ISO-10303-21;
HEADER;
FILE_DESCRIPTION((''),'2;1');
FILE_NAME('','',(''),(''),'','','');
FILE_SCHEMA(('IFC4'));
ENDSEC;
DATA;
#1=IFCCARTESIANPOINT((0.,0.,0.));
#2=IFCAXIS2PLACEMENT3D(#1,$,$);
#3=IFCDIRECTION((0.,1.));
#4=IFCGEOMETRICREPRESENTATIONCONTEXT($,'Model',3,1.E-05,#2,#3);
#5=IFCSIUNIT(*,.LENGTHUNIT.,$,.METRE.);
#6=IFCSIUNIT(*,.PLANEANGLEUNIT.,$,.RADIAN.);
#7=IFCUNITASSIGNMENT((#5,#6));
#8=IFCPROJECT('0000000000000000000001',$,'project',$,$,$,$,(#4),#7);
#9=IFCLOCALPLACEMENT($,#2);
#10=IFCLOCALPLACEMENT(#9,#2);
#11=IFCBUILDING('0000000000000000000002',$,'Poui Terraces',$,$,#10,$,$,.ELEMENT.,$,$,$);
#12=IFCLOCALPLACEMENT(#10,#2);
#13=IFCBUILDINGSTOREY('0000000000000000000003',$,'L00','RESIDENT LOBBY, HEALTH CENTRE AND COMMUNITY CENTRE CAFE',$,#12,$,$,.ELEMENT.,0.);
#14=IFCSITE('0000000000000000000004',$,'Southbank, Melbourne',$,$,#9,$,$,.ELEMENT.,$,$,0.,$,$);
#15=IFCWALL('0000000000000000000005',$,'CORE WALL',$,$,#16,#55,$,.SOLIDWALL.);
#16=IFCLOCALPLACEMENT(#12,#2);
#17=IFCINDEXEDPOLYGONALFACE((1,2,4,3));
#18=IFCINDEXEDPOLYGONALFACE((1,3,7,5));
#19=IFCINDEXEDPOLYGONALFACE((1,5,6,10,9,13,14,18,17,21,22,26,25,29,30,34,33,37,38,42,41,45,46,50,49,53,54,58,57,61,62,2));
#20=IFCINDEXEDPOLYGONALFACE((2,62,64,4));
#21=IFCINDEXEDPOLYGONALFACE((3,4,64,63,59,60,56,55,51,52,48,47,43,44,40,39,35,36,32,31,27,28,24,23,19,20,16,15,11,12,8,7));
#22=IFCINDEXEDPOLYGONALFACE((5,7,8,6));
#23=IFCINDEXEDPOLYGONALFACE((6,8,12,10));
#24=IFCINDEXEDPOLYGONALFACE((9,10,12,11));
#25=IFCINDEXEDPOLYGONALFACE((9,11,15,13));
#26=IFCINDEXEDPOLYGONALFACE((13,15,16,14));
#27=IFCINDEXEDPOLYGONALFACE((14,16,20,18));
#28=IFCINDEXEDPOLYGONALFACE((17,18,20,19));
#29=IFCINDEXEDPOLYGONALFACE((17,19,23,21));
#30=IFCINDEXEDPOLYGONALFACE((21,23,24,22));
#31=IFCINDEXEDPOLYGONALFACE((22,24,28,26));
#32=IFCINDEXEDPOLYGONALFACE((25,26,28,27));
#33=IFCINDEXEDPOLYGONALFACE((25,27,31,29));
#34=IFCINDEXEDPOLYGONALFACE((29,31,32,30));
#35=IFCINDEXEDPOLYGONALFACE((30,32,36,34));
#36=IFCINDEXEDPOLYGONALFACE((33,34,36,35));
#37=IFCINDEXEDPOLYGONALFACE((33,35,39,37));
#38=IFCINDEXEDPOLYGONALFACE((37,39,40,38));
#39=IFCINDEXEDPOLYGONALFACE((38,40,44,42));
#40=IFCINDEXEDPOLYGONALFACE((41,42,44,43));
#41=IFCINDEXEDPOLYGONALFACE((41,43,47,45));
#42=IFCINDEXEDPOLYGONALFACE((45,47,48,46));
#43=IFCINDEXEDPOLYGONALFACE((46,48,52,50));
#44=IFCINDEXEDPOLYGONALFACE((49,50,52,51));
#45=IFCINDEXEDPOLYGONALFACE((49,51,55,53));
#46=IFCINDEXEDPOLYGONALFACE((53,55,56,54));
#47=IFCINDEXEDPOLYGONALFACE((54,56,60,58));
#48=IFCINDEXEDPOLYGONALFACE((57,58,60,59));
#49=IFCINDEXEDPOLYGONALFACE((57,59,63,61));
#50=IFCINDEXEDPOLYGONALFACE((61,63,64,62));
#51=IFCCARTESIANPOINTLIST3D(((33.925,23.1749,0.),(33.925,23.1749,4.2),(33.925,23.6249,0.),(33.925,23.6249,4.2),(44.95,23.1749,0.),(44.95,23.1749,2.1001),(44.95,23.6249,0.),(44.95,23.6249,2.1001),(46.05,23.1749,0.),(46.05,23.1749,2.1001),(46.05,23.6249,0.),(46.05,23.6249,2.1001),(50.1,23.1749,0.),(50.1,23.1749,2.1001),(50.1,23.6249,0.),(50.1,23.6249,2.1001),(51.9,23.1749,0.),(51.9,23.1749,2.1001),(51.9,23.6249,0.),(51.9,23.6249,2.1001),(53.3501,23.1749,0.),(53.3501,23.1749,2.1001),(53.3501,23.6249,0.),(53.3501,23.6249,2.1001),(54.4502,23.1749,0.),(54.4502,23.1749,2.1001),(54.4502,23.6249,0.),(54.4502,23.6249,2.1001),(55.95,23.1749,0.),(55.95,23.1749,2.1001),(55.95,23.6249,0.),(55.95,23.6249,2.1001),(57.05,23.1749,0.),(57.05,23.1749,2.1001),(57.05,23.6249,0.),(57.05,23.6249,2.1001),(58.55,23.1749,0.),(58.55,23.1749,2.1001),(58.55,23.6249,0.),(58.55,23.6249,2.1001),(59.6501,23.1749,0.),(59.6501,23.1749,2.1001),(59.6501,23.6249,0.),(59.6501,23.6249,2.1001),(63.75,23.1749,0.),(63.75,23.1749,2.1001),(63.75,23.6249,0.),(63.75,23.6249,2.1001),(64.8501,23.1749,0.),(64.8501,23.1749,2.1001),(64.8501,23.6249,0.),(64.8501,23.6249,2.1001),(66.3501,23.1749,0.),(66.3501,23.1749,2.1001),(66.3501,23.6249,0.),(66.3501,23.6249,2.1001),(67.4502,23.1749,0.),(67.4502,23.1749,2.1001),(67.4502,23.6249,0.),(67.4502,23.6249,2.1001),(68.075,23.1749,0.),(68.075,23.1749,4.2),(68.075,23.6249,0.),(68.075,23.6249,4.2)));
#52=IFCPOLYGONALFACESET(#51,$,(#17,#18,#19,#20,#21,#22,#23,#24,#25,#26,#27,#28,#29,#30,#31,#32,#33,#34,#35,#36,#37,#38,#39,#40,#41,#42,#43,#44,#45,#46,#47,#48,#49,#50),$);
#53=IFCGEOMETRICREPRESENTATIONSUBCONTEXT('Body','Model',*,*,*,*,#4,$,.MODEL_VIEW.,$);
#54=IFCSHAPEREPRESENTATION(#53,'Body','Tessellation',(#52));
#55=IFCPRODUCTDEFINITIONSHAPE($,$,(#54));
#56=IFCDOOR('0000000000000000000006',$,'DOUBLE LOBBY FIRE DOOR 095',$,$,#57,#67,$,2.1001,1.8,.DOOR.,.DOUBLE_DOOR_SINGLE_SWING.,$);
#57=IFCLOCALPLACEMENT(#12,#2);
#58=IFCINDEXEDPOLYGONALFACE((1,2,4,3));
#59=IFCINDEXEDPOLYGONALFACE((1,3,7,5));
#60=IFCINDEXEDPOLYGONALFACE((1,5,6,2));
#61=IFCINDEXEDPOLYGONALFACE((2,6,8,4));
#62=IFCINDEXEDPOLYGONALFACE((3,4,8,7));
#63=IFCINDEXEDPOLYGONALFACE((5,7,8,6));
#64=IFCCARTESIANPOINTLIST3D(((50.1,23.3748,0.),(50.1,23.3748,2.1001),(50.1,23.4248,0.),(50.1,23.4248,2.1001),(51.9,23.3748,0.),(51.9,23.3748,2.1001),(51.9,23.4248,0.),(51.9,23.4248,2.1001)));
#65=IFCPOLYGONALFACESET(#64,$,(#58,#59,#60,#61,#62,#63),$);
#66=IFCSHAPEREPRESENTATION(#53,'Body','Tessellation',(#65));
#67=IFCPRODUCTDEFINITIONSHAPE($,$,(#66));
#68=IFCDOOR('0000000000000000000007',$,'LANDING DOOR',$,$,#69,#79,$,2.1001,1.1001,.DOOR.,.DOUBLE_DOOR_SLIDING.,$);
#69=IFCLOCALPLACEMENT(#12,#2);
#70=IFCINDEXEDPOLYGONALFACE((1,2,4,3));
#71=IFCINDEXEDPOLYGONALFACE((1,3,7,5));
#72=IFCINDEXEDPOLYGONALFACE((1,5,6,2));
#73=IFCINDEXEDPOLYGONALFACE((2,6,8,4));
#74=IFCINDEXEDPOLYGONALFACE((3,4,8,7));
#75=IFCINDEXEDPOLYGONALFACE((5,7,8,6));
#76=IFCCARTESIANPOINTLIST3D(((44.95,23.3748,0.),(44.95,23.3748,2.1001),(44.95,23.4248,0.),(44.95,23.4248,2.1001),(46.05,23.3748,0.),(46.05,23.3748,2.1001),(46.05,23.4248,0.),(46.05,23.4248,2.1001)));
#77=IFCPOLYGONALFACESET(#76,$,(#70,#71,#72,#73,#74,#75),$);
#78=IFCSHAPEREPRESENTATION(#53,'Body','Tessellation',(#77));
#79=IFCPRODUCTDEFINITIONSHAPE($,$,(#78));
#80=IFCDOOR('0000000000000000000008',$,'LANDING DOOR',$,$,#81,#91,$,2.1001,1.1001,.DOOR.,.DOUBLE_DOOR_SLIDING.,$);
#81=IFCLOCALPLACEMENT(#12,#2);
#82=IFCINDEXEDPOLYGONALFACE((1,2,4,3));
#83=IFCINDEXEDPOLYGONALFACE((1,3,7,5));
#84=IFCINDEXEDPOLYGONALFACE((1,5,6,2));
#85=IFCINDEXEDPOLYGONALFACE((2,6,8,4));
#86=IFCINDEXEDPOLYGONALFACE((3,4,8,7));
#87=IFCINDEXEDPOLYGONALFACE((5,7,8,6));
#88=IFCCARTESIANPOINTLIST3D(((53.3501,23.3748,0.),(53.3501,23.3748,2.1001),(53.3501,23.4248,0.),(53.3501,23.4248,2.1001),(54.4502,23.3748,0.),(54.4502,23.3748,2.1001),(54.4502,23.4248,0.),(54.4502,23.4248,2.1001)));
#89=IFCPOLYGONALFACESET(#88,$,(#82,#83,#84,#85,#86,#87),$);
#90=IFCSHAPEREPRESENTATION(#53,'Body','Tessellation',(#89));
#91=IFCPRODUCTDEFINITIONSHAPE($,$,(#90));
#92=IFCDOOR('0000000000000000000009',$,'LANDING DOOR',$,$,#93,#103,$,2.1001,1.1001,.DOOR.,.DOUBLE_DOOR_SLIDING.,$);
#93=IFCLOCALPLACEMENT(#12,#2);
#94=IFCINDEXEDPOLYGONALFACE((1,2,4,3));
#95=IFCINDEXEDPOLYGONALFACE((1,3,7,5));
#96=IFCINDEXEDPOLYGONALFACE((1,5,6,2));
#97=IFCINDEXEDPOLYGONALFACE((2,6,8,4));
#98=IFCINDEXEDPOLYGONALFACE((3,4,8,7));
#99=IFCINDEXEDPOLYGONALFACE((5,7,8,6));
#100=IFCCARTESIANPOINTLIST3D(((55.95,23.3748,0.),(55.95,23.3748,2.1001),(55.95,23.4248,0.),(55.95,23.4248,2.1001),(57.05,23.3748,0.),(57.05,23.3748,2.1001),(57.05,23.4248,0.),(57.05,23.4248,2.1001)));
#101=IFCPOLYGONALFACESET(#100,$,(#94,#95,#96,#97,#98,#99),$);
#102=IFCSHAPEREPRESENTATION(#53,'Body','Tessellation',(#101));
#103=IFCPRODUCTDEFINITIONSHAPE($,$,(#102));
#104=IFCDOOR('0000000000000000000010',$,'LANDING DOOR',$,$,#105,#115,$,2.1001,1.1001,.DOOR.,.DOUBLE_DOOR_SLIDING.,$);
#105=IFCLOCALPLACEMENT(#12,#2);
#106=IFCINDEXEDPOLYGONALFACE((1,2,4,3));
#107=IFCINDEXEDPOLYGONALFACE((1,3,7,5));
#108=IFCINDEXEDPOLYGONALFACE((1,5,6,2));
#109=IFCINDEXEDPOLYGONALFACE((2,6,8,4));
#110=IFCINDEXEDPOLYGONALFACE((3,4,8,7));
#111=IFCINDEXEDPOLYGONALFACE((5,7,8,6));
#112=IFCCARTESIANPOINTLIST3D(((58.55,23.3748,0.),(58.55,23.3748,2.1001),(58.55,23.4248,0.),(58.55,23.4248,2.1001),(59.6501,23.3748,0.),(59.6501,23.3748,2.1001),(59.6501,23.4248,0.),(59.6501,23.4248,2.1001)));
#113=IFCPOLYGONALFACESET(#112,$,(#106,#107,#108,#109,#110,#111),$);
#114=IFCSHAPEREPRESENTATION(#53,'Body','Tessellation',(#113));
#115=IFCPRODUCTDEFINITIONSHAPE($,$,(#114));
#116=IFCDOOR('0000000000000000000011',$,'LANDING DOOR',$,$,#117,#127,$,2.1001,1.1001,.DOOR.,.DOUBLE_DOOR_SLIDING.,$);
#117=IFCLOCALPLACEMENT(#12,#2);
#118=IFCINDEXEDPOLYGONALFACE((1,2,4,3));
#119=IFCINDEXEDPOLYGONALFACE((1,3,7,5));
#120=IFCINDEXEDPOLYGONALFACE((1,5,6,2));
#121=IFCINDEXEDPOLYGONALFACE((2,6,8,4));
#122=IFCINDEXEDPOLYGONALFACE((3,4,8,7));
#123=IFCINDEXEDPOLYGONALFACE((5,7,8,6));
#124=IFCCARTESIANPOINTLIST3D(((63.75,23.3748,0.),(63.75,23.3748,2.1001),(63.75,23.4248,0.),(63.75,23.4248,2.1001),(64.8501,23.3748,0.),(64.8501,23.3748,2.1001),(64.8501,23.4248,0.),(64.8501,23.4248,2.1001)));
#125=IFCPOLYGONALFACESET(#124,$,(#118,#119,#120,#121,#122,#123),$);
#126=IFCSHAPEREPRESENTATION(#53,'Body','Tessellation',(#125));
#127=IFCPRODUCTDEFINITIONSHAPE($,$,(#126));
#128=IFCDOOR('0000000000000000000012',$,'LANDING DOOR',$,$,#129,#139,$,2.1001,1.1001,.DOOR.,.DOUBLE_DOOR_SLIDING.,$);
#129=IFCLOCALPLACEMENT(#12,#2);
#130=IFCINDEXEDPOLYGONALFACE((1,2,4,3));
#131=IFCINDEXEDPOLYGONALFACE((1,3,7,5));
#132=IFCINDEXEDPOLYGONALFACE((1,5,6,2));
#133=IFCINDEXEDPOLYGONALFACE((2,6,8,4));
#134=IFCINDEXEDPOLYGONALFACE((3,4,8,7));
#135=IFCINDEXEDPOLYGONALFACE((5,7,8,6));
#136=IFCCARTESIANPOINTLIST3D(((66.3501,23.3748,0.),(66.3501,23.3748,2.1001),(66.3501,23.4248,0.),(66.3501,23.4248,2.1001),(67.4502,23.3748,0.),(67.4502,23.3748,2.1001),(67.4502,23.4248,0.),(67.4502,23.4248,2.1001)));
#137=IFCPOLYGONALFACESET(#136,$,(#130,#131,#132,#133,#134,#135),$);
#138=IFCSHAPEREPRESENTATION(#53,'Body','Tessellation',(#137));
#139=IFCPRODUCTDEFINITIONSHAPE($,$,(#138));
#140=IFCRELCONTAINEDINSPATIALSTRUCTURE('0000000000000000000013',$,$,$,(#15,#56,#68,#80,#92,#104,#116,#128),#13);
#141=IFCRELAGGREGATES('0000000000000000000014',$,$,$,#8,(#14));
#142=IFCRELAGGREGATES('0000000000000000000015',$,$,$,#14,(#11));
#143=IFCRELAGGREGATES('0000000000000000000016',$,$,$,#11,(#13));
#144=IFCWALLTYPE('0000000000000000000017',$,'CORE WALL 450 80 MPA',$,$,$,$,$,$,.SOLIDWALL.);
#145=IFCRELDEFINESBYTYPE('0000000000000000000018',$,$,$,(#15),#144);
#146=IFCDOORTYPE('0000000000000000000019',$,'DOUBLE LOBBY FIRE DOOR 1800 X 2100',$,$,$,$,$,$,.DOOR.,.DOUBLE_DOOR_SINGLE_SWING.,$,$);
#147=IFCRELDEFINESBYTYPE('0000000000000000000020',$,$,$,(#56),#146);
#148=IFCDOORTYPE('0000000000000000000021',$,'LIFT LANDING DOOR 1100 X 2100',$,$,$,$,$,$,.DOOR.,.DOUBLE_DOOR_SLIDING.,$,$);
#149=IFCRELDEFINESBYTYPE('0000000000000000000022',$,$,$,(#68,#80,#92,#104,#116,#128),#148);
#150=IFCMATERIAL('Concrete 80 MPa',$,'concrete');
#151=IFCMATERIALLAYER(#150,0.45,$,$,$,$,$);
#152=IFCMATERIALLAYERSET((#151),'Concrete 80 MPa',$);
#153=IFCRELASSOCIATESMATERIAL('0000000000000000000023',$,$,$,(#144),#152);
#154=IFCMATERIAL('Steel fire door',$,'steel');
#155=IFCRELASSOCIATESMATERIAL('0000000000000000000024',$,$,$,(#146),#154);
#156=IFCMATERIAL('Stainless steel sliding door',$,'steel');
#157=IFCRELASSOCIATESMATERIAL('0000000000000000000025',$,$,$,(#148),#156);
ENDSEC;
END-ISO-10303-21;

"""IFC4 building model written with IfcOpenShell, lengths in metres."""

from ifc_helpers import new_model, si_unit, direction, frame, frame_2d, origin, place, context, subcontext, project, spatial, rectangle, extrude, material, layer, layer_set, type_object, element, fill, save


model = new_model("IFC4")

# Units and contexts
model_context = context("Model", 3, precision=1e-05, world=origin(), true_north=direction((0.0, 1.0)))
body_context = subcontext(model_context, "Body", "Model", "MODEL_VIEW")
ifc_project = project(units=[si_unit("LENGTHUNIT", "METRE"), si_unit("PLANEANGLEUNIT", "RADIAN")], contexts=[model_context])

# Site, building, storey
site_placement = place(None, origin())
site = spatial("IfcSite", under=ifc_project, at=site_placement, Name="Southbank, Melbourne", CompositionType="ELEMENT", RefElevation=0.0)
building_placement = place(site_placement, origin())
building = spatial("IfcBuilding", under=site, at=building_placement, Name="Poui Terraces", CompositionType="ELEMENT")
storey_placement = place(building_placement, origin())
storey = spatial("IfcBuildingStorey", under=building, at=storey_placement, Name="L00", Description="RESIDENT LOBBY, HEALTH CENTRE AND COMMUNITY CENTRE CAFE", CompositionType="ELEMENT", Elevation=0.0)

# Wall, openings, doors
ifc_material_1 = material(Name="Concrete 80 MPa", Category="concrete")
ifc_layer_1 = layer(ifc_material_1, 0.45)
ifc_layer_set_1 = layer_set([ifc_layer_1], Name="Concrete 80 MPa")
wall_type_1 = type_object("IfcWallType", Name="CORE WALL 450 80 MPA", PredefinedType="SOLIDWALL", material=ifc_layer_set_1)
wall_1_placement = place(storey_placement, frame((33.925, 23.3999, 0.0), z_axis=(0.0, 0.0, 1.0), x_axis=(1.0, 0.0, 0.0)))
wall_1 = element("IfcWall", 1, at=wall_1_placement, inside=storey, type_object=wall_type_1, Name="CORE WALL", PredefinedType="SOLIDWALL", context=body_context, shape_type="SweptSolid", body=[
    extrude(rectangle(XDim=34.1499, YDim=0.45, at=frame_2d((17.075, 0.0))), origin(), (0.0, 0.0, 1.0), 4.2),
])
opening_1_placement = place(wall_1_placement, frame((16.175, 0.0, 0.0)))
opening_1 = element("IfcOpeningElement", 2, at=opening_1_placement, cuts=wall_1, PredefinedType="OPENING", context=body_context, shape_type="SweptSolid", body=[
    extrude(rectangle(XDim=1.8, YDim=2.1001, at=frame_2d((0.8999, 1.05))), frame((0.0, 0.2349, 0.0), z_axis=(0.0, -1.0, 0.0), x_axis=(1.0, 0.0, 0.0)), (0.0, 0.0, 1.0), 0.47),
])
opening_2_placement = place(wall_1_placement, frame((11.0249, 0.0, 0.0)))
opening_2 = element("IfcOpeningElement", 3, at=opening_2_placement, cuts=wall_1, PredefinedType="OPENING", context=body_context, shape_type="SweptSolid", body=[
    extrude(rectangle(XDim=1.1001, YDim=2.1001, at=frame_2d((0.55, 1.05))), frame((0.0, 0.2349, 0.0), z_axis=(0.0, -1.0, 0.0), x_axis=(1.0, 0.0, 0.0)), (0.0, 0.0, 1.0), 0.47),
])
opening_3_placement = place(wall_1_placement, frame((19.425, 0.0, 0.0)))
opening_3 = element("IfcOpeningElement", 4, at=opening_3_placement, cuts=wall_1, PredefinedType="OPENING", context=body_context, shape_type="SweptSolid", body=[
    extrude(rectangle(XDim=1.1001, YDim=2.1001, at=frame_2d((0.55, 1.05))), frame((0.0, 0.2349, 0.0), z_axis=(0.0, -1.0, 0.0), x_axis=(1.0, 0.0, 0.0)), (0.0, 0.0, 1.0), 0.47),
])
opening_4_placement = place(wall_1_placement, frame((22.0249, 0.0, 0.0)))
opening_4 = element("IfcOpeningElement", 5, at=opening_4_placement, cuts=wall_1, PredefinedType="OPENING", context=body_context, shape_type="SweptSolid", body=[
    extrude(rectangle(XDim=1.1001, YDim=2.1001, at=frame_2d((0.55, 1.05))), frame((0.0, 0.2349, 0.0), z_axis=(0.0, -1.0, 0.0), x_axis=(1.0, 0.0, 0.0)), (0.0, 0.0, 1.0), 0.47),
])
opening_5_placement = place(wall_1_placement, frame((24.625, 0.0, 0.0)))
opening_5 = element("IfcOpeningElement", 6, at=opening_5_placement, cuts=wall_1, PredefinedType="OPENING", context=body_context, shape_type="SweptSolid", body=[
    extrude(rectangle(XDim=1.1001, YDim=2.1001, at=frame_2d((0.55, 1.05))), frame((0.0, 0.2349, 0.0), z_axis=(0.0, -1.0, 0.0), x_axis=(1.0, 0.0, 0.0)), (0.0, 0.0, 1.0), 0.47),
])
opening_6_placement = place(wall_1_placement, frame((29.825, 0.0, 0.0)))
opening_6 = element("IfcOpeningElement", 7, at=opening_6_placement, cuts=wall_1, PredefinedType="OPENING", context=body_context, shape_type="SweptSolid", body=[
    extrude(rectangle(XDim=1.1001, YDim=2.1001, at=frame_2d((0.55, 1.05))), frame((0.0, 0.2349, 0.0), z_axis=(0.0, -1.0, 0.0), x_axis=(1.0, 0.0, 0.0)), (0.0, 0.0, 1.0), 0.47),
])
opening_7_placement = place(wall_1_placement, frame((32.425, 0.0, 0.0)))
opening_7 = element("IfcOpeningElement", 8, at=opening_7_placement, cuts=wall_1, PredefinedType="OPENING", context=body_context, shape_type="SweptSolid", body=[
    extrude(rectangle(XDim=1.1001, YDim=2.1001, at=frame_2d((0.55, 1.05))), frame((0.0, 0.2349, 0.0), z_axis=(0.0, -1.0, 0.0), x_axis=(1.0, 0.0, 0.0)), (0.0, 0.0, 1.0), 0.47),
])
ifc_material_2 = material(Name="Steel fire door", Category="steel")
door_type_1 = type_object("IfcDoorType", Name="DOUBLE LOBBY FIRE DOOR 1800 X 2100", OperationType="DOUBLE_DOOR_SINGLE_SWING", PredefinedType="DOOR", material=ifc_material_2)
door_1_placement = place(opening_1_placement, origin())
door_1 = element("IfcDoor", 9, at=door_1_placement, inside=storey, type_object=door_type_1, Name="DOUBLE LOBBY FIRE DOOR 095", OperationType="DOUBLE_DOOR_SINGLE_SWING", OverallHeight=2.1001, OverallWidth=1.8, PredefinedType="DOOR", context=body_context, shape_type="SweptSolid", body=[
    extrude(rectangle(XDim=1.8, YDim=2.1001, at=frame_2d((0.8999, 1.05))), frame((0.0, 0.0249, 0.0), z_axis=(0.0, -1.0, 0.0), x_axis=(1.0, 0.0, 0.0)), (0.0, 0.0, 1.0), 0.05),
])
fill(opening_1, door_1)
ifc_material_3 = material(Name="Stainless steel sliding door", Category="steel")
door_type_2 = type_object("IfcDoorType", Name="LIFT LANDING DOOR 1100 X 2100", OperationType="DOUBLE_DOOR_SLIDING", PredefinedType="DOOR", material=ifc_material_3)
door_2_placement = place(opening_2_placement, origin())
door_2 = element("IfcDoor", 10, at=door_2_placement, inside=storey, type_object=door_type_2, Name="LANDING DOOR", OperationType="DOUBLE_DOOR_SLIDING", OverallHeight=2.1001, OverallWidth=1.1001, PredefinedType="DOOR", context=body_context, shape_type="SweptSolid", body=[
    extrude(rectangle(XDim=1.1001, YDim=2.1001, at=frame_2d((0.55, 1.05))), frame((0.0, 0.0249, 0.0), z_axis=(0.0, -1.0, 0.0), x_axis=(1.0, 0.0, 0.0)), (0.0, 0.0, 1.0), 0.05),
])
fill(opening_2, door_2)
door_3_placement = place(opening_3_placement, origin())
door_3 = element("IfcDoor", 11, at=door_3_placement, inside=storey, type_object=door_type_2, Name="LANDING DOOR", OperationType="DOUBLE_DOOR_SLIDING", OverallHeight=2.1001, OverallWidth=1.1001, PredefinedType="DOOR", context=body_context, shape_type="SweptSolid", body=[
    extrude(rectangle(XDim=1.1001, YDim=2.1001, at=frame_2d((0.55, 1.05))), frame((0.0, 0.0249, 0.0), z_axis=(0.0, -1.0, 0.0), x_axis=(1.0, 0.0, 0.0)), (0.0, 0.0, 1.0), 0.05),
])
fill(opening_3, door_3)
door_4_placement = place(opening_4_placement, origin())
door_4 = element("IfcDoor", 12, at=door_4_placement, inside=storey, type_object=door_type_2, Name="LANDING DOOR", OperationType="DOUBLE_DOOR_SLIDING", OverallHeight=2.1001, OverallWidth=1.1001, PredefinedType="DOOR", context=body_context, shape_type="SweptSolid", body=[
    extrude(rectangle(XDim=1.1001, YDim=2.1001, at=frame_2d((0.55, 1.05))), frame((0.0, 0.0249, 0.0), z_axis=(0.0, -1.0, 0.0), x_axis=(1.0, 0.0, 0.0)), (0.0, 0.0, 1.0), 0.05),
])
fill(opening_4, door_4)
door_5_placement = place(opening_5_placement, origin())
door_5 = element("IfcDoor", 13, at=door_5_placement, inside=storey, type_object=door_type_2, Name="LANDING DOOR", OperationType="DOUBLE_DOOR_SLIDING", OverallHeight=2.1001, OverallWidth=1.1001, PredefinedType="DOOR", context=body_context, shape_type="SweptSolid", body=[
    extrude(rectangle(XDim=1.1001, YDim=2.1001, at=frame_2d((0.55, 1.05))), frame((0.0, 0.0249, 0.0), z_axis=(0.0, -1.0, 0.0), x_axis=(1.0, 0.0, 0.0)), (0.0, 0.0, 1.0), 0.05),
])
fill(opening_5, door_5)
door_6_placement = place(opening_6_placement, origin())
door_6 = element("IfcDoor", 14, at=door_6_placement, inside=storey, type_object=door_type_2, Name="LANDING DOOR", OperationType="DOUBLE_DOOR_SLIDING", OverallHeight=2.1001, OverallWidth=1.1001, PredefinedType="DOOR", context=body_context, shape_type="SweptSolid", body=[
    extrude(rectangle(XDim=1.1001, YDim=2.1001, at=frame_2d((0.55, 1.05))), frame((0.0, 0.0249, 0.0), z_axis=(0.0, -1.0, 0.0), x_axis=(1.0, 0.0, 0.0)), (0.0, 0.0, 1.0), 0.05),
])
fill(opening_6, door_6)
door_7_placement = place(opening_7_placement, origin())
door_7 = element("IfcDoor", 15, at=door_7_placement, inside=storey, type_object=door_type_2, Name="LANDING DOOR", OperationType="DOUBLE_DOOR_SLIDING", OverallHeight=2.1001, OverallWidth=1.1001, PredefinedType="DOOR", context=body_context, shape_type="SweptSolid", body=[
    extrude(rectangle(XDim=1.1001, YDim=2.1001, at=frame_2d((0.55, 1.05))), frame((0.0, 0.0249, 0.0), z_axis=(0.0, -1.0, 0.0), x_axis=(1.0, 0.0, 0.0)), (0.0, 0.0, 1.0), 0.05),
])
fill(opening_7, door_7)

save(model, "model.ifc")
